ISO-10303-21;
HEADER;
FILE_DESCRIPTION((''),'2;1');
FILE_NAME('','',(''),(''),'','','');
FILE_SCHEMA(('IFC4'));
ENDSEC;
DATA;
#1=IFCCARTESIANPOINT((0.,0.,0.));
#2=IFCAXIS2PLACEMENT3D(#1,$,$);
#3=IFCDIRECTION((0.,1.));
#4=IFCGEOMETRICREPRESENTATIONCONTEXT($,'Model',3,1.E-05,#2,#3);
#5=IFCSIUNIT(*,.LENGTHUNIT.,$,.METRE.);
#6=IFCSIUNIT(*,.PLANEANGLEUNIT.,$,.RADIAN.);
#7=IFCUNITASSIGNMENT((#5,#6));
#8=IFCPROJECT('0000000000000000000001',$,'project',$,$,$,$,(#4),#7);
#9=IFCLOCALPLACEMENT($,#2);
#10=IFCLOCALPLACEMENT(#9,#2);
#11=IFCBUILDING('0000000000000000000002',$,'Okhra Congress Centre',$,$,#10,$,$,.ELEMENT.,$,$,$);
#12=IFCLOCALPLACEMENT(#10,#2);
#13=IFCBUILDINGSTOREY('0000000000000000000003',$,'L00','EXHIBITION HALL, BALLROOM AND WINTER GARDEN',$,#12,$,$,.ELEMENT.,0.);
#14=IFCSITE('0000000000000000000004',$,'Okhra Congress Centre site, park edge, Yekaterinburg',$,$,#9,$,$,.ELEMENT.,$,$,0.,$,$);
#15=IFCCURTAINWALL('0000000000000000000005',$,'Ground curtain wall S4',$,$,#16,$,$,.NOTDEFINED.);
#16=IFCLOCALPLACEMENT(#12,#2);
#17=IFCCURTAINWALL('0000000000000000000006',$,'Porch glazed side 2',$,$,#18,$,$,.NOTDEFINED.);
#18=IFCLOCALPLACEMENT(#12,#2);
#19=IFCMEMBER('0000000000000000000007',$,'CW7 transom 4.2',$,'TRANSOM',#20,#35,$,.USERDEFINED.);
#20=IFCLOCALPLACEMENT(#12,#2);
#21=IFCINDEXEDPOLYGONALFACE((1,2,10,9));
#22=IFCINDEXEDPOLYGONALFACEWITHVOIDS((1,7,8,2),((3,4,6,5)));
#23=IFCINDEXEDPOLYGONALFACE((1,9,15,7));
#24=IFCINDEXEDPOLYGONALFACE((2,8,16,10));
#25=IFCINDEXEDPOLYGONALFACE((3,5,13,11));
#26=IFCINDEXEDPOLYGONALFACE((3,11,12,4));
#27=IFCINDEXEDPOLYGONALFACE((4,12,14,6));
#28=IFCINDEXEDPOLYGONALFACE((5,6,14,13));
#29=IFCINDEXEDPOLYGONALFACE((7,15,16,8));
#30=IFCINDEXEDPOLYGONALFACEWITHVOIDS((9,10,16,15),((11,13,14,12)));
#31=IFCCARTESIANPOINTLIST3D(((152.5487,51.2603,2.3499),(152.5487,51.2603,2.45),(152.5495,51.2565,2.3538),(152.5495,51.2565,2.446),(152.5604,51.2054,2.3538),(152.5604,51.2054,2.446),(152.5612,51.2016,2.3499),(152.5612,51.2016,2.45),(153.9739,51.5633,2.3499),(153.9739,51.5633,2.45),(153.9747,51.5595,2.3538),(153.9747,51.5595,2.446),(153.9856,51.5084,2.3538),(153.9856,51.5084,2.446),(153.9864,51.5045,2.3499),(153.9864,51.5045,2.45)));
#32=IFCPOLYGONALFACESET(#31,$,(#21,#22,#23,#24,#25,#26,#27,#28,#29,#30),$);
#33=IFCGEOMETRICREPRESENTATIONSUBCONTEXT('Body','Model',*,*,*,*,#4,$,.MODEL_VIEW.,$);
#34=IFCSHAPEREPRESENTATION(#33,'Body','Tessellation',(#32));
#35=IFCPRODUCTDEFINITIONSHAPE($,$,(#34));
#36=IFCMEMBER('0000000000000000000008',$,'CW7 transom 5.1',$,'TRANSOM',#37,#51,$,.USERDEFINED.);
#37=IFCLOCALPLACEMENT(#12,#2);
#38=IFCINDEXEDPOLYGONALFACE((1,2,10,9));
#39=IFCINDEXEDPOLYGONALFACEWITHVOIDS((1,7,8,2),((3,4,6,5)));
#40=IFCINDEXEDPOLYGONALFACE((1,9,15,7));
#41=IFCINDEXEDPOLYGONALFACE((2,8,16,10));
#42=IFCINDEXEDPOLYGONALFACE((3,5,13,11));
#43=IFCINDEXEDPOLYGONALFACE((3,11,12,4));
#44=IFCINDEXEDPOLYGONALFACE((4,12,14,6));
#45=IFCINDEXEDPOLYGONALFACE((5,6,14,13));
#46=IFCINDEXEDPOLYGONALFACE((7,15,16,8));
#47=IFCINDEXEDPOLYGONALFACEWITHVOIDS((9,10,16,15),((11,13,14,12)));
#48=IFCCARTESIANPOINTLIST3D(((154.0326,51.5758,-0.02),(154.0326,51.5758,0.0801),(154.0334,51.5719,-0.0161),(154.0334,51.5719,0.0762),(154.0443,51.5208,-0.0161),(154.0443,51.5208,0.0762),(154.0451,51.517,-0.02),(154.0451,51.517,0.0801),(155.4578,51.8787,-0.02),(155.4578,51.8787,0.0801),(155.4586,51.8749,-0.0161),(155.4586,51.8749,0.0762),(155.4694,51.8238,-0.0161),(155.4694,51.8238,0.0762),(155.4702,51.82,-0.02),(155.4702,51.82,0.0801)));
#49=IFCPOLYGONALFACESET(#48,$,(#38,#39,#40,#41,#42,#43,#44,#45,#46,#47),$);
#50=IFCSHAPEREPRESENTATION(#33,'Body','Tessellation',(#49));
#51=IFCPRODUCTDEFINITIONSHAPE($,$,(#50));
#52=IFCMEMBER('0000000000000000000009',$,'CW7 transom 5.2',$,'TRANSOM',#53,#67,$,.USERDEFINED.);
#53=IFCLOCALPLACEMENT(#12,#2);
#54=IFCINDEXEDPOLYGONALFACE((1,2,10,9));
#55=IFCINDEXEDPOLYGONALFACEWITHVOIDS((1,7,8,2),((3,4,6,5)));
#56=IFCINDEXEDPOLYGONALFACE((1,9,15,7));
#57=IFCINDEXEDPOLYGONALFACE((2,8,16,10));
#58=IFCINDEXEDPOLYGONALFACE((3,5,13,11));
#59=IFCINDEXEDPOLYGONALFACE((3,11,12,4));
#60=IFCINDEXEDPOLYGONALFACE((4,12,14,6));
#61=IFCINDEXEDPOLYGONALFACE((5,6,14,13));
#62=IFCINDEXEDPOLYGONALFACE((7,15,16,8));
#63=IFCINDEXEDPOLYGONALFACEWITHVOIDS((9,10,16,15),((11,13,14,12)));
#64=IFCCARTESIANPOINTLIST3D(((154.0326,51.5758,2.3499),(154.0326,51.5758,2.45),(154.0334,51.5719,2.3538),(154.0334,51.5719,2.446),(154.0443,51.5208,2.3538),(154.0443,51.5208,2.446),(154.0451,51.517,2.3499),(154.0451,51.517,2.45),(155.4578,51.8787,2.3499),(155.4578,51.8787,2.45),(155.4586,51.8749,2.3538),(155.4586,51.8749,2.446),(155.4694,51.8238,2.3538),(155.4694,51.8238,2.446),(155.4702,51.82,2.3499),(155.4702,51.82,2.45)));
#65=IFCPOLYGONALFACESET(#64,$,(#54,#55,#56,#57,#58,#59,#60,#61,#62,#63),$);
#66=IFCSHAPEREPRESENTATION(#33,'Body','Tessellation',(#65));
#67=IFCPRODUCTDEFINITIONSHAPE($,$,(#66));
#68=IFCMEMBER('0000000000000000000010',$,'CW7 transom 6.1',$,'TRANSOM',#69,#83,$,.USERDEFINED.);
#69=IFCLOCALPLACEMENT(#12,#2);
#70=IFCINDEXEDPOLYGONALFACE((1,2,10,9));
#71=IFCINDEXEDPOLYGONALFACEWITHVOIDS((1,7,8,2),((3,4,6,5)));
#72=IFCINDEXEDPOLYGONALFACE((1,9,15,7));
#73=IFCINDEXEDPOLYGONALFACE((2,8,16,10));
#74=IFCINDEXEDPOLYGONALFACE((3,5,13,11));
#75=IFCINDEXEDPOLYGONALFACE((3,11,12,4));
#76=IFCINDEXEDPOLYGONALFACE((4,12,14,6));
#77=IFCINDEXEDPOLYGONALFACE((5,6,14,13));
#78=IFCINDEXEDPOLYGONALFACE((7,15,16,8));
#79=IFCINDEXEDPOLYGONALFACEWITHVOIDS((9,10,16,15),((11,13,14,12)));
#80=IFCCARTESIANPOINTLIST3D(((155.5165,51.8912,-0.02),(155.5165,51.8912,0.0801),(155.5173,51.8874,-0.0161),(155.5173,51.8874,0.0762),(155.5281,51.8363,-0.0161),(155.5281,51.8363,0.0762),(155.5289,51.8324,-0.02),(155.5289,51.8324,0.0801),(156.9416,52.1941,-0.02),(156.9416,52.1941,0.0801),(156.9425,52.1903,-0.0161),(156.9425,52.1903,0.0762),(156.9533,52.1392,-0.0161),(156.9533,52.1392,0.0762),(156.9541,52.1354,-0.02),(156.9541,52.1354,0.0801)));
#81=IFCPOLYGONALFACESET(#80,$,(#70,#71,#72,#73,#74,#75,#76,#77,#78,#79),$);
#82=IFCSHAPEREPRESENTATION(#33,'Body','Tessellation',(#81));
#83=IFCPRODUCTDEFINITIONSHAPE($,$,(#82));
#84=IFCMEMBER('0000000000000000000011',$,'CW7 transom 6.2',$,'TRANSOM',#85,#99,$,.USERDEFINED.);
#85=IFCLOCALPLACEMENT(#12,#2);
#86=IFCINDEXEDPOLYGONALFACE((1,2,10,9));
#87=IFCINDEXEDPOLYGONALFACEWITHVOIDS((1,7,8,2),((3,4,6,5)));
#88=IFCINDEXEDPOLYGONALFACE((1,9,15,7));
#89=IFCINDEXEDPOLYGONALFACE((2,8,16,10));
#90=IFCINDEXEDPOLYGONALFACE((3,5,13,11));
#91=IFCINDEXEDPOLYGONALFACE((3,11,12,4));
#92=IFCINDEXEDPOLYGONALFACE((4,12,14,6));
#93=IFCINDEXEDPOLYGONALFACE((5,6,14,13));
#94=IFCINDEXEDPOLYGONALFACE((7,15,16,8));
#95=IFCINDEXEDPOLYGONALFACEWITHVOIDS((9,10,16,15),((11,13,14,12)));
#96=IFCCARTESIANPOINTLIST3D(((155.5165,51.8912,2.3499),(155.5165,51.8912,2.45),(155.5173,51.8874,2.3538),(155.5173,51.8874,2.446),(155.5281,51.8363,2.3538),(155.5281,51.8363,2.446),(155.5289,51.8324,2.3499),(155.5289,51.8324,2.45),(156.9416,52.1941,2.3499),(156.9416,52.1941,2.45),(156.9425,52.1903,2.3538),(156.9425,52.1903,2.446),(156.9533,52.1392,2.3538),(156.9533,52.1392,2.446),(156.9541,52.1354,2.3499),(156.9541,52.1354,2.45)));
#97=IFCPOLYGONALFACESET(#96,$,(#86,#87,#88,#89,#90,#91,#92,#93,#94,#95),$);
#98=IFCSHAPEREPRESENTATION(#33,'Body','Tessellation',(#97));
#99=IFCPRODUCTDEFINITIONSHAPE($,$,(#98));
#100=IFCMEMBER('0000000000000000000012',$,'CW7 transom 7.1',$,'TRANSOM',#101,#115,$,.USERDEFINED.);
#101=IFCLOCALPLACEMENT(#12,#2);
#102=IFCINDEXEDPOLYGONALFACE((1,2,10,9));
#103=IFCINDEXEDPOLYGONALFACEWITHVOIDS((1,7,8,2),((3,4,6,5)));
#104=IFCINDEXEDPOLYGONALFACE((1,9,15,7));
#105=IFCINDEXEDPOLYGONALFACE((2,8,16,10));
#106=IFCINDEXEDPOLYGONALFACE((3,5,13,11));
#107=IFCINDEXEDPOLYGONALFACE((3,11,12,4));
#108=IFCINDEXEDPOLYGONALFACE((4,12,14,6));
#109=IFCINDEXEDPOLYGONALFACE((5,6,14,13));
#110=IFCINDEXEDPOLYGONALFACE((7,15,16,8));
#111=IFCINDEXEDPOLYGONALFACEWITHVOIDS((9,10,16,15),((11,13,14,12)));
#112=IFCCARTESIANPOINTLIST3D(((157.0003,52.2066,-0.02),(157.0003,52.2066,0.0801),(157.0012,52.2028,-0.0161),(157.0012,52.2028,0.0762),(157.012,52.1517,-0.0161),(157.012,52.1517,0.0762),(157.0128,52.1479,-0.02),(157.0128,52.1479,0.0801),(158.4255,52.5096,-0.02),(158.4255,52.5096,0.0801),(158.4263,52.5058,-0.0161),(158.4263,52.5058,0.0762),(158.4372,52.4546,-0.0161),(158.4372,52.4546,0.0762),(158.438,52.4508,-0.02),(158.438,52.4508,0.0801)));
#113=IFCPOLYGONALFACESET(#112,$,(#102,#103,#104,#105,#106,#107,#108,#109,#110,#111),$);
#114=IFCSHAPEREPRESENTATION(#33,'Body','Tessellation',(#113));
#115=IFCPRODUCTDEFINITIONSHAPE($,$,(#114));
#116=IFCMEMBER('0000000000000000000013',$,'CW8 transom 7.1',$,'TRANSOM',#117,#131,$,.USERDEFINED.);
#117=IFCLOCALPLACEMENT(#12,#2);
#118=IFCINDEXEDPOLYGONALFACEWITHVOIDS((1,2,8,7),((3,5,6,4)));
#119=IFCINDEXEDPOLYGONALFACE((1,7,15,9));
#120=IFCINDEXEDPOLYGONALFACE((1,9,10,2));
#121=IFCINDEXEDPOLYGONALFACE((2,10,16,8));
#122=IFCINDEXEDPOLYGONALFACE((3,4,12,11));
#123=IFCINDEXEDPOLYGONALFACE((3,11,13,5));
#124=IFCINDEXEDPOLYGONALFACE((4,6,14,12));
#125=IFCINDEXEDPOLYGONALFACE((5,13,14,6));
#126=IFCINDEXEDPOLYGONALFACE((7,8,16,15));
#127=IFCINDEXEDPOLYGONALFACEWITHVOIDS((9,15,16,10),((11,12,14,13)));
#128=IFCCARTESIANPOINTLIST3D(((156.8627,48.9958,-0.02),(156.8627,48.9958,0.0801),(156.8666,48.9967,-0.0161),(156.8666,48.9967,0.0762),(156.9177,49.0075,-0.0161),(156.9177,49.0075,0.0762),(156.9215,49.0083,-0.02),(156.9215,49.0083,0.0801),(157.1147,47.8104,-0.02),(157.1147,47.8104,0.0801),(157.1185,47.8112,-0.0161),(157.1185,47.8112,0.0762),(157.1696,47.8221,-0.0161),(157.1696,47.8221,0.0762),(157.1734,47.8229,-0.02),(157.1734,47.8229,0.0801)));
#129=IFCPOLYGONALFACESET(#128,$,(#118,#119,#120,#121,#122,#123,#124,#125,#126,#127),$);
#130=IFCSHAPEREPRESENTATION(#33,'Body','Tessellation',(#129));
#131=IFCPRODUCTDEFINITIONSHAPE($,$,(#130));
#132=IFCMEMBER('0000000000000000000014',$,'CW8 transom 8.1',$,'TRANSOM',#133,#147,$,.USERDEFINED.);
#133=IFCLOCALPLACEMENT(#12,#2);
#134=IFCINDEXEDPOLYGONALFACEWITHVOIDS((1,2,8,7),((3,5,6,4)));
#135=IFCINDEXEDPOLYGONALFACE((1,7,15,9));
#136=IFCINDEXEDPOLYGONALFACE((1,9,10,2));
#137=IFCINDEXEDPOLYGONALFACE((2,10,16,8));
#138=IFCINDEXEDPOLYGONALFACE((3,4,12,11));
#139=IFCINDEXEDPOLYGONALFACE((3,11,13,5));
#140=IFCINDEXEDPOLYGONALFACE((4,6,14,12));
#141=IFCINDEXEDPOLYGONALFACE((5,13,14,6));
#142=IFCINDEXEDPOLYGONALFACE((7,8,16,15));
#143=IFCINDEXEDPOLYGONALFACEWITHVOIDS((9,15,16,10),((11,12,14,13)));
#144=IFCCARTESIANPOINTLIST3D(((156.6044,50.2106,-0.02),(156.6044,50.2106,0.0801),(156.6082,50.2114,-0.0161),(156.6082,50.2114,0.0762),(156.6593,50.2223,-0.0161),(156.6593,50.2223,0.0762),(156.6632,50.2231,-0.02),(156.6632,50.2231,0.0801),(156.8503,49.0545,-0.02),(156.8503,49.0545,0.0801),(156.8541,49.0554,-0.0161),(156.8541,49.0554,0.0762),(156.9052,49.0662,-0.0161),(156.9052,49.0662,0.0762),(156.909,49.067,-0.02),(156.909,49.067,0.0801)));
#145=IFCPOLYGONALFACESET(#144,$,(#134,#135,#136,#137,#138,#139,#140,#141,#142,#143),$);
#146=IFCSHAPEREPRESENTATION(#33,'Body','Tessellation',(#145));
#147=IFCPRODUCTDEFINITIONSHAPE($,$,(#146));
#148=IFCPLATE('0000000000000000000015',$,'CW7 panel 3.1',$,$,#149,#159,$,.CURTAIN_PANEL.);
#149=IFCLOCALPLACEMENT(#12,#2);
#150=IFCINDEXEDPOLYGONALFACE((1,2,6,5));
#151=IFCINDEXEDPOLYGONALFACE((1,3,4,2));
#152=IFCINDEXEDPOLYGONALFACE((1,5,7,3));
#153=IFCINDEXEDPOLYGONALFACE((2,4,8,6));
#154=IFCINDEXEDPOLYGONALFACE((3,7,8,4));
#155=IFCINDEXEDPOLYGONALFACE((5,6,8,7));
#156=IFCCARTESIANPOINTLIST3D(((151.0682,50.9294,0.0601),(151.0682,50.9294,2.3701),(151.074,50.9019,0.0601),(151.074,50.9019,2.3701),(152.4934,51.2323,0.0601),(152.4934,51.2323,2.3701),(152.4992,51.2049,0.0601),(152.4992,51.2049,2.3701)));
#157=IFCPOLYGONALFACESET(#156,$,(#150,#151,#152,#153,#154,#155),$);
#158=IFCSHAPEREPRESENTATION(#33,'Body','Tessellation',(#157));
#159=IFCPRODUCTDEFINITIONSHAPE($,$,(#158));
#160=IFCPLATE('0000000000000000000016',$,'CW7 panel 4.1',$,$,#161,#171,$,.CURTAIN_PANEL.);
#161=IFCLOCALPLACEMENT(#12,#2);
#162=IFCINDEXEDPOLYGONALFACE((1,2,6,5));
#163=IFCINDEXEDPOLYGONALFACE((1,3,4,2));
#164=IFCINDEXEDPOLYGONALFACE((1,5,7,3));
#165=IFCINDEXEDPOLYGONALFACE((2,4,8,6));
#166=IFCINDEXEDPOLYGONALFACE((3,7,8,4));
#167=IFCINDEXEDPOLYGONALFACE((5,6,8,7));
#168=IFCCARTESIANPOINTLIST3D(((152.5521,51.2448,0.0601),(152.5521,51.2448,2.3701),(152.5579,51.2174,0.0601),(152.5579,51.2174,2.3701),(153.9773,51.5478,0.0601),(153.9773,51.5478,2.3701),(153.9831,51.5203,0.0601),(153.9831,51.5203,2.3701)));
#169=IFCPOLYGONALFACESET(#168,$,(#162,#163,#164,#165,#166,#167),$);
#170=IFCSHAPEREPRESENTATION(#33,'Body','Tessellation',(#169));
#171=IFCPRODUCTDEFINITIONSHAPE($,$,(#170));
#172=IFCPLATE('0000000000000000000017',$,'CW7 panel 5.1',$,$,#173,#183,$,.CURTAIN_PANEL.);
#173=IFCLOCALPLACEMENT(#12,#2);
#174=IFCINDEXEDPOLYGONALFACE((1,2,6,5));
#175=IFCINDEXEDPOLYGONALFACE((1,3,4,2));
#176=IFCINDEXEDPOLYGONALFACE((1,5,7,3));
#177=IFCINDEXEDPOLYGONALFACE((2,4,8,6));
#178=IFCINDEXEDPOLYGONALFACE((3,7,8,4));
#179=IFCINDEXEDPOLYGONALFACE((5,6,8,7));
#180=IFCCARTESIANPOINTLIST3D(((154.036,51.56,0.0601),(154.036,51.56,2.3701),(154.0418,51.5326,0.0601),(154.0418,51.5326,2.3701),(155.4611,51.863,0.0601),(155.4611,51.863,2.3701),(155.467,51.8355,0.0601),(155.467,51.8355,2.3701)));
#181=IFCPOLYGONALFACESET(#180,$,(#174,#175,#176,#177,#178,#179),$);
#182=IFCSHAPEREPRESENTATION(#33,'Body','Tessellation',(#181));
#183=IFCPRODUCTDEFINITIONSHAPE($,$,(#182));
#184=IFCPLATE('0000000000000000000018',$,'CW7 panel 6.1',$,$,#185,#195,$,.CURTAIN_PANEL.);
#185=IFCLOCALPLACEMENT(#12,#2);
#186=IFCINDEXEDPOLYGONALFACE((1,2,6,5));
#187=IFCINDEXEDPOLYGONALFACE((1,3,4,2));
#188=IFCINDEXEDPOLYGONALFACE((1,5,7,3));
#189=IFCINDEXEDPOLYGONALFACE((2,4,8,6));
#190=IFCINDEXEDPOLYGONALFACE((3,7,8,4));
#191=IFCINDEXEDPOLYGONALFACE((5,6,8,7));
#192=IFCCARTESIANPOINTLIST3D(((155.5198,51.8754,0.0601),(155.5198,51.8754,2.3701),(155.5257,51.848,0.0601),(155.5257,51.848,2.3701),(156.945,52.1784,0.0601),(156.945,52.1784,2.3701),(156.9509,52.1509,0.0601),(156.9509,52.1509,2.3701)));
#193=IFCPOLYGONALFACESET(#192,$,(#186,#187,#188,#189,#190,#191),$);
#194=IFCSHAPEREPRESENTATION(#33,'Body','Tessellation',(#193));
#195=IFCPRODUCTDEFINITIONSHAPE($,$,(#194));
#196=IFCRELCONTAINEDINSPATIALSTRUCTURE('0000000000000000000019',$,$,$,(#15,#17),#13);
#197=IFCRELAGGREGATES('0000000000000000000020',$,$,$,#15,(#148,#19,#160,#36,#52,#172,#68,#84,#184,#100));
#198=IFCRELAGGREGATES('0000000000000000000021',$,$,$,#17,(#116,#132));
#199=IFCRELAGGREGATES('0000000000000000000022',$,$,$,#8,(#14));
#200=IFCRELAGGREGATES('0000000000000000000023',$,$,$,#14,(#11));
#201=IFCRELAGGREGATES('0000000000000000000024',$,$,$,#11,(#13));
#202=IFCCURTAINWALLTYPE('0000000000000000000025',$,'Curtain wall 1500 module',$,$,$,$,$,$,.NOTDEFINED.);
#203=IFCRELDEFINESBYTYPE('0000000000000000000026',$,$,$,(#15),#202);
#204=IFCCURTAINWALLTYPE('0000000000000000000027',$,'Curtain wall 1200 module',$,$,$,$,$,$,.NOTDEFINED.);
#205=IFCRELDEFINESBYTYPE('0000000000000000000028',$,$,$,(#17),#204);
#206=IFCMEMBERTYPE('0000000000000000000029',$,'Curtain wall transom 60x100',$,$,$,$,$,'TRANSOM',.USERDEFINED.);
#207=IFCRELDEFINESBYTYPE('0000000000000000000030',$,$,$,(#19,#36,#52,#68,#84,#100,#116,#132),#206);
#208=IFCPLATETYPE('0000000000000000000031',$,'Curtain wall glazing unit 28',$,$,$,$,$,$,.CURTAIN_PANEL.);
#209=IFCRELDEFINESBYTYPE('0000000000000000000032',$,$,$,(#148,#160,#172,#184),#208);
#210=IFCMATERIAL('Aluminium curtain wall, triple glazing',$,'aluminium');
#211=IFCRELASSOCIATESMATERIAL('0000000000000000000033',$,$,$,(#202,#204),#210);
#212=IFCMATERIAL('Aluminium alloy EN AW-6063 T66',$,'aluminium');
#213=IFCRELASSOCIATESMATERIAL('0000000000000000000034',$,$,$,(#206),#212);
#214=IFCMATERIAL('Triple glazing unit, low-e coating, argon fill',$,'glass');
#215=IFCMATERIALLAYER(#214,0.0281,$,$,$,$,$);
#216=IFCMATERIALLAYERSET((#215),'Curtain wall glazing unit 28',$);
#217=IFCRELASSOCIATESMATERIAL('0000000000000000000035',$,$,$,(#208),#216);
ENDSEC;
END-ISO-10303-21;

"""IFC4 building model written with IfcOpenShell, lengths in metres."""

from ifc_helpers import new_model, si_unit, direction, frame, origin, origin_2d, place, context, subcontext, project, spatial, rectangle, hollow_rectangle, extrude, material, layer, layer_set, material_profile, profile_set, type_object, element, aggregate, save


model = new_model("IFC4")

# Units and contexts
model_context = context("Model", 3, precision=1e-05, world=origin(), true_north=direction((0.0, 1.0)))
body_context = subcontext(model_context, "Body", "Model", "MODEL_VIEW")
ifc_project = project(units=[si_unit("LENGTHUNIT", "METRE"), si_unit("PLANEANGLEUNIT", "RADIAN")], contexts=[model_context])

# Site, building, storey
site_placement = place(None, origin())
site = spatial("IfcSite", under=ifc_project, at=site_placement, Name="Okhra Congress Centre site, park edge, Yekaterinburg", CompositionType="ELEMENT", RefElevation=0.0)
building_placement = place(site_placement, origin())
building = spatial("IfcBuilding", under=site, at=building_placement, Name="Okhra Congress Centre", CompositionType="ELEMENT")
storey_placement = place(building_placement, origin())
storey = spatial("IfcBuildingStorey", under=building, at=storey_placement, Name="L00", Description="EXHIBITION HALL, BALLROOM AND WINTER GARDEN", CompositionType="ELEMENT", Elevation=0.0)

# Curtain walls
ifc_material_1 = material(Name="Aluminium curtain wall, triple glazing", Category="aluminium")
curtain_wall_type_1 = type_object("IfcCurtainWallType", Name="Curtain wall 1500 module", PredefinedType="NOTDEFINED", material=ifc_material_1)
curtain_wall_1_placement = place(storey_placement, origin())
curtain_wall_1 = element("IfcCurtainWall", 1, at=curtain_wall_1_placement, inside=storey, type_object=curtain_wall_type_1, Name="Ground curtain wall S4", PredefinedType="NOTDEFINED")
ifc_material_2 = material(Name="Aluminium alloy EN AW-6063 T66", Category="aluminium")
curtain_wall_type_2 = type_object("IfcCurtainWallType", Name="Curtain wall 1200 module", PredefinedType="NOTDEFINED", material=ifc_material_1)
curtain_wall_2_placement = place(storey_placement, origin())
curtain_wall_2 = element("IfcCurtainWall", 2, at=curtain_wall_2_placement, inside=storey, type_object=curtain_wall_type_2, Name="Porch glazed side 2", PredefinedType="NOTDEFINED")

# Members
ifc_material_profile_1 = material_profile(ifc_material_2, hollow_rectangle(XDim=0.0601, YDim=0.1001, WallThickness=0.0039, at=origin_2d()), Name="RHS 60x100x4")
ifc_profile_set_1 = profile_set([ifc_material_profile_1], Name="Aluminium alloy EN AW-6063 T66")
member_type_1 = type_object("IfcMemberType", Name="Curtain wall transom 60x100", ElementType="TRANSOM", PredefinedType="USERDEFINED", material=ifc_profile_set_1)
member_1_placement = place(storey_placement, frame((152.5549, 51.231, 2.3999), z_axis=(0.978144, 0.207927, 0.0), x_axis=(-0.207927, 0.978144, 0.0)))
member_1 = element("IfcMember", 3, at=member_1_placement, type_object=member_type_1, Name="CW7 transom 4.2", ObjectType="TRANSOM", PredefinedType="USERDEFINED", context=body_context, shape_type="SweptSolid", body=[
    extrude(hollow_rectangle(XDim=0.0601, YDim=0.1001, WallThickness=0.0039, at=origin_2d()), origin(), (0.0, 0.0, 1.0), 1.457),
])
member_2_placement = place(storey_placement, frame((154.0388, 51.5464, 0.03), z_axis=(0.978144, 0.207927, 0.0), x_axis=(-0.207927, 0.978144, 0.0)))
member_2 = element("IfcMember", 4, at=member_2_placement, type_object=member_type_1, Name="CW7 transom 5.1", ObjectType="TRANSOM", PredefinedType="USERDEFINED", context=body_context, shape_type="SweptSolid", body=[
    extrude(hollow_rectangle(XDim=0.0601, YDim=0.1001, WallThickness=0.0039, at=origin_2d()), origin(), (0.0, 0.0, 1.0), 1.457),
])
member_3_placement = place(storey_placement, frame((154.0388, 51.5464, 2.3999), z_axis=(0.978144, 0.207927, 0.0), x_axis=(-0.207927, 0.978144, 0.0)))
member_3 = element("IfcMember", 5, at=member_3_placement, type_object=member_type_1, Name="CW7 transom 5.2", ObjectType="TRANSOM", PredefinedType="USERDEFINED", context=body_context, shape_type="SweptSolid", body=[
    extrude(hollow_rectangle(XDim=0.0601, YDim=0.1001, WallThickness=0.0039, at=origin_2d()), origin(), (0.0, 0.0, 1.0), 1.457),
])
member_4_placement = place(storey_placement, frame((155.5227, 51.8618, 0.03), z_axis=(0.978144, 0.207927, 0.0), x_axis=(-0.207927, 0.978144, 0.0)))
member_4 = element("IfcMember", 6, at=member_4_placement, type_object=member_type_1, Name="CW7 transom 6.1", ObjectType="TRANSOM", PredefinedType="USERDEFINED", context=body_context, shape_type="SweptSolid", body=[
    extrude(hollow_rectangle(XDim=0.0601, YDim=0.1001, WallThickness=0.0039, at=origin_2d()), origin(), (0.0, 0.0, 1.0), 1.457),
])
member_5_placement = place(storey_placement, frame((155.5227, 51.8618, 2.3999), z_axis=(0.978144, 0.207927, 0.0), x_axis=(-0.207927, 0.978144, 0.0)))
member_5 = element("IfcMember", 7, at=member_5_placement, type_object=member_type_1, Name="CW7 transom 6.2", ObjectType="TRANSOM", PredefinedType="USERDEFINED", context=body_context, shape_type="SweptSolid", body=[
    extrude(hollow_rectangle(XDim=0.0601, YDim=0.1001, WallThickness=0.0039, at=origin_2d()), origin(), (0.0, 0.0, 1.0), 1.457),
])
member_6_placement = place(storey_placement, frame((157.0066, 52.1772, 0.03), z_axis=(0.978144, 0.207927, 0.0), x_axis=(-0.207927, 0.978144, 0.0)))
member_6 = element("IfcMember", 8, at=member_6_placement, type_object=member_type_1, Name="CW7 transom 7.1", ObjectType="TRANSOM", PredefinedType="USERDEFINED", context=body_context, shape_type="SweptSolid", body=[
    extrude(hollow_rectangle(XDim=0.0601, YDim=0.1001, WallThickness=0.0039, at=origin_2d()), origin(), (0.0, 0.0, 1.0), 1.457),
])
member_7_placement = place(storey_placement, frame((157.144, 47.8167, 0.03), z_axis=(-0.207878, 0.978155, 0.0), x_axis=(-0.978155, -0.207878, 0.0)))
member_7 = element("IfcMember", 9, at=member_7_placement, type_object=member_type_1, Name="CW8 transom 7.1", ObjectType="TRANSOM", PredefinedType="USERDEFINED", context=body_context, shape_type="SweptSolid", body=[
    extrude(hollow_rectangle(XDim=0.0601, YDim=0.1001, WallThickness=0.0039, at=origin_2d()), origin(), (0.0, 0.0, 1.0), 1.2119),
])
member_8_placement = place(storey_placement, frame((156.8796, 49.0608, 0.03), z_axis=(-0.208019, 0.978125, 0.0), x_axis=(-0.978125, -0.208019, 0.0)))
member_8 = element("IfcMember", 10, at=member_8_placement, type_object=member_type_1, Name="CW8 transom 8.1", ObjectType="TRANSOM", PredefinedType="USERDEFINED", context=body_context, shape_type="SweptSolid", body=[
    extrude(hollow_rectangle(XDim=0.0601, YDim=0.1001, WallThickness=0.0039, at=origin_2d()), origin(), (0.0, 0.0, 1.0), 1.1819),
])

# Plates
ifc_material_3 = material(Name="Triple glazing unit, low-e coating, argon fill", Category="glass")
ifc_layer = layer(ifc_material_3, 0.0281)
ifc_layer_set = layer_set([ifc_layer], Name="Curtain wall glazing unit 28")
plate_type = type_object("IfcPlateType", Name="Curtain wall glazing unit 28", PredefinedType="CURTAIN_PANEL", material=ifc_layer_set)
plate_1_placement = place(storey_placement, frame((151.7837, 51.0671, 0.0601), z_axis=(0.0, 0.0, 1.0), x_axis=(0.978148, 0.207912, 0.0)))
plate_1 = element("IfcPlate", 11, at=plate_1_placement, type_object=plate_type, Name="CW7 panel 3.1", PredefinedType="CURTAIN_PANEL", context=body_context, shape_type="SweptSolid", body=[
    extrude(rectangle(XDim=1.457, YDim=0.0281, at=origin_2d()), origin(), (0.0, 0.0, 1.0), 2.3101),
])
plate_2_placement = place(storey_placement, frame((153.2676, 51.3826, 0.0601), z_axis=(0.0, 0.0, 1.0), x_axis=(0.978148, 0.207912, 0.0)))
plate_2 = element("IfcPlate", 12, at=plate_2_placement, type_object=plate_type, Name="CW7 panel 4.1", PredefinedType="CURTAIN_PANEL", context=body_context, shape_type="SweptSolid", body=[
    extrude(rectangle(XDim=1.457, YDim=0.0281, at=origin_2d()), origin(), (0.0, 0.0, 1.0), 2.3101),
])
plate_3_placement = place(storey_placement, frame((154.7515, 51.6978, 0.0601), z_axis=(0.0, 0.0, 1.0), x_axis=(0.978148, 0.207912, 0.0)))
plate_3 = element("IfcPlate", 13, at=plate_3_placement, type_object=plate_type, Name="CW7 panel 5.1", PredefinedType="CURTAIN_PANEL", context=body_context, shape_type="SweptSolid", body=[
    extrude(rectangle(XDim=1.457, YDim=0.0281, at=origin_2d()), origin(), (0.0, 0.0, 1.0), 2.3101),
])
plate_4_placement = place(storey_placement, frame((156.2354, 52.0132, 0.0601), z_axis=(0.0, 0.0, 1.0), x_axis=(0.978148, 0.207912, 0.0)))
plate_4 = element("IfcPlate", 14, at=plate_4_placement, type_object=plate_type, Name="CW7 panel 6.1", PredefinedType="CURTAIN_PANEL", context=body_context, shape_type="SweptSolid", body=[
    extrude(rectangle(XDim=1.457, YDim=0.0281, at=origin_2d()), origin(), (0.0, 0.0, 1.0), 2.3101),
])
aggregate(curtain_wall_1, [plate_1, member_1, plate_2, member_2, member_3, plate_3, member_4, member_5, plate_4, member_6])
aggregate(curtain_wall_2, [member_7, member_8])

save(model, "model.ifc")
